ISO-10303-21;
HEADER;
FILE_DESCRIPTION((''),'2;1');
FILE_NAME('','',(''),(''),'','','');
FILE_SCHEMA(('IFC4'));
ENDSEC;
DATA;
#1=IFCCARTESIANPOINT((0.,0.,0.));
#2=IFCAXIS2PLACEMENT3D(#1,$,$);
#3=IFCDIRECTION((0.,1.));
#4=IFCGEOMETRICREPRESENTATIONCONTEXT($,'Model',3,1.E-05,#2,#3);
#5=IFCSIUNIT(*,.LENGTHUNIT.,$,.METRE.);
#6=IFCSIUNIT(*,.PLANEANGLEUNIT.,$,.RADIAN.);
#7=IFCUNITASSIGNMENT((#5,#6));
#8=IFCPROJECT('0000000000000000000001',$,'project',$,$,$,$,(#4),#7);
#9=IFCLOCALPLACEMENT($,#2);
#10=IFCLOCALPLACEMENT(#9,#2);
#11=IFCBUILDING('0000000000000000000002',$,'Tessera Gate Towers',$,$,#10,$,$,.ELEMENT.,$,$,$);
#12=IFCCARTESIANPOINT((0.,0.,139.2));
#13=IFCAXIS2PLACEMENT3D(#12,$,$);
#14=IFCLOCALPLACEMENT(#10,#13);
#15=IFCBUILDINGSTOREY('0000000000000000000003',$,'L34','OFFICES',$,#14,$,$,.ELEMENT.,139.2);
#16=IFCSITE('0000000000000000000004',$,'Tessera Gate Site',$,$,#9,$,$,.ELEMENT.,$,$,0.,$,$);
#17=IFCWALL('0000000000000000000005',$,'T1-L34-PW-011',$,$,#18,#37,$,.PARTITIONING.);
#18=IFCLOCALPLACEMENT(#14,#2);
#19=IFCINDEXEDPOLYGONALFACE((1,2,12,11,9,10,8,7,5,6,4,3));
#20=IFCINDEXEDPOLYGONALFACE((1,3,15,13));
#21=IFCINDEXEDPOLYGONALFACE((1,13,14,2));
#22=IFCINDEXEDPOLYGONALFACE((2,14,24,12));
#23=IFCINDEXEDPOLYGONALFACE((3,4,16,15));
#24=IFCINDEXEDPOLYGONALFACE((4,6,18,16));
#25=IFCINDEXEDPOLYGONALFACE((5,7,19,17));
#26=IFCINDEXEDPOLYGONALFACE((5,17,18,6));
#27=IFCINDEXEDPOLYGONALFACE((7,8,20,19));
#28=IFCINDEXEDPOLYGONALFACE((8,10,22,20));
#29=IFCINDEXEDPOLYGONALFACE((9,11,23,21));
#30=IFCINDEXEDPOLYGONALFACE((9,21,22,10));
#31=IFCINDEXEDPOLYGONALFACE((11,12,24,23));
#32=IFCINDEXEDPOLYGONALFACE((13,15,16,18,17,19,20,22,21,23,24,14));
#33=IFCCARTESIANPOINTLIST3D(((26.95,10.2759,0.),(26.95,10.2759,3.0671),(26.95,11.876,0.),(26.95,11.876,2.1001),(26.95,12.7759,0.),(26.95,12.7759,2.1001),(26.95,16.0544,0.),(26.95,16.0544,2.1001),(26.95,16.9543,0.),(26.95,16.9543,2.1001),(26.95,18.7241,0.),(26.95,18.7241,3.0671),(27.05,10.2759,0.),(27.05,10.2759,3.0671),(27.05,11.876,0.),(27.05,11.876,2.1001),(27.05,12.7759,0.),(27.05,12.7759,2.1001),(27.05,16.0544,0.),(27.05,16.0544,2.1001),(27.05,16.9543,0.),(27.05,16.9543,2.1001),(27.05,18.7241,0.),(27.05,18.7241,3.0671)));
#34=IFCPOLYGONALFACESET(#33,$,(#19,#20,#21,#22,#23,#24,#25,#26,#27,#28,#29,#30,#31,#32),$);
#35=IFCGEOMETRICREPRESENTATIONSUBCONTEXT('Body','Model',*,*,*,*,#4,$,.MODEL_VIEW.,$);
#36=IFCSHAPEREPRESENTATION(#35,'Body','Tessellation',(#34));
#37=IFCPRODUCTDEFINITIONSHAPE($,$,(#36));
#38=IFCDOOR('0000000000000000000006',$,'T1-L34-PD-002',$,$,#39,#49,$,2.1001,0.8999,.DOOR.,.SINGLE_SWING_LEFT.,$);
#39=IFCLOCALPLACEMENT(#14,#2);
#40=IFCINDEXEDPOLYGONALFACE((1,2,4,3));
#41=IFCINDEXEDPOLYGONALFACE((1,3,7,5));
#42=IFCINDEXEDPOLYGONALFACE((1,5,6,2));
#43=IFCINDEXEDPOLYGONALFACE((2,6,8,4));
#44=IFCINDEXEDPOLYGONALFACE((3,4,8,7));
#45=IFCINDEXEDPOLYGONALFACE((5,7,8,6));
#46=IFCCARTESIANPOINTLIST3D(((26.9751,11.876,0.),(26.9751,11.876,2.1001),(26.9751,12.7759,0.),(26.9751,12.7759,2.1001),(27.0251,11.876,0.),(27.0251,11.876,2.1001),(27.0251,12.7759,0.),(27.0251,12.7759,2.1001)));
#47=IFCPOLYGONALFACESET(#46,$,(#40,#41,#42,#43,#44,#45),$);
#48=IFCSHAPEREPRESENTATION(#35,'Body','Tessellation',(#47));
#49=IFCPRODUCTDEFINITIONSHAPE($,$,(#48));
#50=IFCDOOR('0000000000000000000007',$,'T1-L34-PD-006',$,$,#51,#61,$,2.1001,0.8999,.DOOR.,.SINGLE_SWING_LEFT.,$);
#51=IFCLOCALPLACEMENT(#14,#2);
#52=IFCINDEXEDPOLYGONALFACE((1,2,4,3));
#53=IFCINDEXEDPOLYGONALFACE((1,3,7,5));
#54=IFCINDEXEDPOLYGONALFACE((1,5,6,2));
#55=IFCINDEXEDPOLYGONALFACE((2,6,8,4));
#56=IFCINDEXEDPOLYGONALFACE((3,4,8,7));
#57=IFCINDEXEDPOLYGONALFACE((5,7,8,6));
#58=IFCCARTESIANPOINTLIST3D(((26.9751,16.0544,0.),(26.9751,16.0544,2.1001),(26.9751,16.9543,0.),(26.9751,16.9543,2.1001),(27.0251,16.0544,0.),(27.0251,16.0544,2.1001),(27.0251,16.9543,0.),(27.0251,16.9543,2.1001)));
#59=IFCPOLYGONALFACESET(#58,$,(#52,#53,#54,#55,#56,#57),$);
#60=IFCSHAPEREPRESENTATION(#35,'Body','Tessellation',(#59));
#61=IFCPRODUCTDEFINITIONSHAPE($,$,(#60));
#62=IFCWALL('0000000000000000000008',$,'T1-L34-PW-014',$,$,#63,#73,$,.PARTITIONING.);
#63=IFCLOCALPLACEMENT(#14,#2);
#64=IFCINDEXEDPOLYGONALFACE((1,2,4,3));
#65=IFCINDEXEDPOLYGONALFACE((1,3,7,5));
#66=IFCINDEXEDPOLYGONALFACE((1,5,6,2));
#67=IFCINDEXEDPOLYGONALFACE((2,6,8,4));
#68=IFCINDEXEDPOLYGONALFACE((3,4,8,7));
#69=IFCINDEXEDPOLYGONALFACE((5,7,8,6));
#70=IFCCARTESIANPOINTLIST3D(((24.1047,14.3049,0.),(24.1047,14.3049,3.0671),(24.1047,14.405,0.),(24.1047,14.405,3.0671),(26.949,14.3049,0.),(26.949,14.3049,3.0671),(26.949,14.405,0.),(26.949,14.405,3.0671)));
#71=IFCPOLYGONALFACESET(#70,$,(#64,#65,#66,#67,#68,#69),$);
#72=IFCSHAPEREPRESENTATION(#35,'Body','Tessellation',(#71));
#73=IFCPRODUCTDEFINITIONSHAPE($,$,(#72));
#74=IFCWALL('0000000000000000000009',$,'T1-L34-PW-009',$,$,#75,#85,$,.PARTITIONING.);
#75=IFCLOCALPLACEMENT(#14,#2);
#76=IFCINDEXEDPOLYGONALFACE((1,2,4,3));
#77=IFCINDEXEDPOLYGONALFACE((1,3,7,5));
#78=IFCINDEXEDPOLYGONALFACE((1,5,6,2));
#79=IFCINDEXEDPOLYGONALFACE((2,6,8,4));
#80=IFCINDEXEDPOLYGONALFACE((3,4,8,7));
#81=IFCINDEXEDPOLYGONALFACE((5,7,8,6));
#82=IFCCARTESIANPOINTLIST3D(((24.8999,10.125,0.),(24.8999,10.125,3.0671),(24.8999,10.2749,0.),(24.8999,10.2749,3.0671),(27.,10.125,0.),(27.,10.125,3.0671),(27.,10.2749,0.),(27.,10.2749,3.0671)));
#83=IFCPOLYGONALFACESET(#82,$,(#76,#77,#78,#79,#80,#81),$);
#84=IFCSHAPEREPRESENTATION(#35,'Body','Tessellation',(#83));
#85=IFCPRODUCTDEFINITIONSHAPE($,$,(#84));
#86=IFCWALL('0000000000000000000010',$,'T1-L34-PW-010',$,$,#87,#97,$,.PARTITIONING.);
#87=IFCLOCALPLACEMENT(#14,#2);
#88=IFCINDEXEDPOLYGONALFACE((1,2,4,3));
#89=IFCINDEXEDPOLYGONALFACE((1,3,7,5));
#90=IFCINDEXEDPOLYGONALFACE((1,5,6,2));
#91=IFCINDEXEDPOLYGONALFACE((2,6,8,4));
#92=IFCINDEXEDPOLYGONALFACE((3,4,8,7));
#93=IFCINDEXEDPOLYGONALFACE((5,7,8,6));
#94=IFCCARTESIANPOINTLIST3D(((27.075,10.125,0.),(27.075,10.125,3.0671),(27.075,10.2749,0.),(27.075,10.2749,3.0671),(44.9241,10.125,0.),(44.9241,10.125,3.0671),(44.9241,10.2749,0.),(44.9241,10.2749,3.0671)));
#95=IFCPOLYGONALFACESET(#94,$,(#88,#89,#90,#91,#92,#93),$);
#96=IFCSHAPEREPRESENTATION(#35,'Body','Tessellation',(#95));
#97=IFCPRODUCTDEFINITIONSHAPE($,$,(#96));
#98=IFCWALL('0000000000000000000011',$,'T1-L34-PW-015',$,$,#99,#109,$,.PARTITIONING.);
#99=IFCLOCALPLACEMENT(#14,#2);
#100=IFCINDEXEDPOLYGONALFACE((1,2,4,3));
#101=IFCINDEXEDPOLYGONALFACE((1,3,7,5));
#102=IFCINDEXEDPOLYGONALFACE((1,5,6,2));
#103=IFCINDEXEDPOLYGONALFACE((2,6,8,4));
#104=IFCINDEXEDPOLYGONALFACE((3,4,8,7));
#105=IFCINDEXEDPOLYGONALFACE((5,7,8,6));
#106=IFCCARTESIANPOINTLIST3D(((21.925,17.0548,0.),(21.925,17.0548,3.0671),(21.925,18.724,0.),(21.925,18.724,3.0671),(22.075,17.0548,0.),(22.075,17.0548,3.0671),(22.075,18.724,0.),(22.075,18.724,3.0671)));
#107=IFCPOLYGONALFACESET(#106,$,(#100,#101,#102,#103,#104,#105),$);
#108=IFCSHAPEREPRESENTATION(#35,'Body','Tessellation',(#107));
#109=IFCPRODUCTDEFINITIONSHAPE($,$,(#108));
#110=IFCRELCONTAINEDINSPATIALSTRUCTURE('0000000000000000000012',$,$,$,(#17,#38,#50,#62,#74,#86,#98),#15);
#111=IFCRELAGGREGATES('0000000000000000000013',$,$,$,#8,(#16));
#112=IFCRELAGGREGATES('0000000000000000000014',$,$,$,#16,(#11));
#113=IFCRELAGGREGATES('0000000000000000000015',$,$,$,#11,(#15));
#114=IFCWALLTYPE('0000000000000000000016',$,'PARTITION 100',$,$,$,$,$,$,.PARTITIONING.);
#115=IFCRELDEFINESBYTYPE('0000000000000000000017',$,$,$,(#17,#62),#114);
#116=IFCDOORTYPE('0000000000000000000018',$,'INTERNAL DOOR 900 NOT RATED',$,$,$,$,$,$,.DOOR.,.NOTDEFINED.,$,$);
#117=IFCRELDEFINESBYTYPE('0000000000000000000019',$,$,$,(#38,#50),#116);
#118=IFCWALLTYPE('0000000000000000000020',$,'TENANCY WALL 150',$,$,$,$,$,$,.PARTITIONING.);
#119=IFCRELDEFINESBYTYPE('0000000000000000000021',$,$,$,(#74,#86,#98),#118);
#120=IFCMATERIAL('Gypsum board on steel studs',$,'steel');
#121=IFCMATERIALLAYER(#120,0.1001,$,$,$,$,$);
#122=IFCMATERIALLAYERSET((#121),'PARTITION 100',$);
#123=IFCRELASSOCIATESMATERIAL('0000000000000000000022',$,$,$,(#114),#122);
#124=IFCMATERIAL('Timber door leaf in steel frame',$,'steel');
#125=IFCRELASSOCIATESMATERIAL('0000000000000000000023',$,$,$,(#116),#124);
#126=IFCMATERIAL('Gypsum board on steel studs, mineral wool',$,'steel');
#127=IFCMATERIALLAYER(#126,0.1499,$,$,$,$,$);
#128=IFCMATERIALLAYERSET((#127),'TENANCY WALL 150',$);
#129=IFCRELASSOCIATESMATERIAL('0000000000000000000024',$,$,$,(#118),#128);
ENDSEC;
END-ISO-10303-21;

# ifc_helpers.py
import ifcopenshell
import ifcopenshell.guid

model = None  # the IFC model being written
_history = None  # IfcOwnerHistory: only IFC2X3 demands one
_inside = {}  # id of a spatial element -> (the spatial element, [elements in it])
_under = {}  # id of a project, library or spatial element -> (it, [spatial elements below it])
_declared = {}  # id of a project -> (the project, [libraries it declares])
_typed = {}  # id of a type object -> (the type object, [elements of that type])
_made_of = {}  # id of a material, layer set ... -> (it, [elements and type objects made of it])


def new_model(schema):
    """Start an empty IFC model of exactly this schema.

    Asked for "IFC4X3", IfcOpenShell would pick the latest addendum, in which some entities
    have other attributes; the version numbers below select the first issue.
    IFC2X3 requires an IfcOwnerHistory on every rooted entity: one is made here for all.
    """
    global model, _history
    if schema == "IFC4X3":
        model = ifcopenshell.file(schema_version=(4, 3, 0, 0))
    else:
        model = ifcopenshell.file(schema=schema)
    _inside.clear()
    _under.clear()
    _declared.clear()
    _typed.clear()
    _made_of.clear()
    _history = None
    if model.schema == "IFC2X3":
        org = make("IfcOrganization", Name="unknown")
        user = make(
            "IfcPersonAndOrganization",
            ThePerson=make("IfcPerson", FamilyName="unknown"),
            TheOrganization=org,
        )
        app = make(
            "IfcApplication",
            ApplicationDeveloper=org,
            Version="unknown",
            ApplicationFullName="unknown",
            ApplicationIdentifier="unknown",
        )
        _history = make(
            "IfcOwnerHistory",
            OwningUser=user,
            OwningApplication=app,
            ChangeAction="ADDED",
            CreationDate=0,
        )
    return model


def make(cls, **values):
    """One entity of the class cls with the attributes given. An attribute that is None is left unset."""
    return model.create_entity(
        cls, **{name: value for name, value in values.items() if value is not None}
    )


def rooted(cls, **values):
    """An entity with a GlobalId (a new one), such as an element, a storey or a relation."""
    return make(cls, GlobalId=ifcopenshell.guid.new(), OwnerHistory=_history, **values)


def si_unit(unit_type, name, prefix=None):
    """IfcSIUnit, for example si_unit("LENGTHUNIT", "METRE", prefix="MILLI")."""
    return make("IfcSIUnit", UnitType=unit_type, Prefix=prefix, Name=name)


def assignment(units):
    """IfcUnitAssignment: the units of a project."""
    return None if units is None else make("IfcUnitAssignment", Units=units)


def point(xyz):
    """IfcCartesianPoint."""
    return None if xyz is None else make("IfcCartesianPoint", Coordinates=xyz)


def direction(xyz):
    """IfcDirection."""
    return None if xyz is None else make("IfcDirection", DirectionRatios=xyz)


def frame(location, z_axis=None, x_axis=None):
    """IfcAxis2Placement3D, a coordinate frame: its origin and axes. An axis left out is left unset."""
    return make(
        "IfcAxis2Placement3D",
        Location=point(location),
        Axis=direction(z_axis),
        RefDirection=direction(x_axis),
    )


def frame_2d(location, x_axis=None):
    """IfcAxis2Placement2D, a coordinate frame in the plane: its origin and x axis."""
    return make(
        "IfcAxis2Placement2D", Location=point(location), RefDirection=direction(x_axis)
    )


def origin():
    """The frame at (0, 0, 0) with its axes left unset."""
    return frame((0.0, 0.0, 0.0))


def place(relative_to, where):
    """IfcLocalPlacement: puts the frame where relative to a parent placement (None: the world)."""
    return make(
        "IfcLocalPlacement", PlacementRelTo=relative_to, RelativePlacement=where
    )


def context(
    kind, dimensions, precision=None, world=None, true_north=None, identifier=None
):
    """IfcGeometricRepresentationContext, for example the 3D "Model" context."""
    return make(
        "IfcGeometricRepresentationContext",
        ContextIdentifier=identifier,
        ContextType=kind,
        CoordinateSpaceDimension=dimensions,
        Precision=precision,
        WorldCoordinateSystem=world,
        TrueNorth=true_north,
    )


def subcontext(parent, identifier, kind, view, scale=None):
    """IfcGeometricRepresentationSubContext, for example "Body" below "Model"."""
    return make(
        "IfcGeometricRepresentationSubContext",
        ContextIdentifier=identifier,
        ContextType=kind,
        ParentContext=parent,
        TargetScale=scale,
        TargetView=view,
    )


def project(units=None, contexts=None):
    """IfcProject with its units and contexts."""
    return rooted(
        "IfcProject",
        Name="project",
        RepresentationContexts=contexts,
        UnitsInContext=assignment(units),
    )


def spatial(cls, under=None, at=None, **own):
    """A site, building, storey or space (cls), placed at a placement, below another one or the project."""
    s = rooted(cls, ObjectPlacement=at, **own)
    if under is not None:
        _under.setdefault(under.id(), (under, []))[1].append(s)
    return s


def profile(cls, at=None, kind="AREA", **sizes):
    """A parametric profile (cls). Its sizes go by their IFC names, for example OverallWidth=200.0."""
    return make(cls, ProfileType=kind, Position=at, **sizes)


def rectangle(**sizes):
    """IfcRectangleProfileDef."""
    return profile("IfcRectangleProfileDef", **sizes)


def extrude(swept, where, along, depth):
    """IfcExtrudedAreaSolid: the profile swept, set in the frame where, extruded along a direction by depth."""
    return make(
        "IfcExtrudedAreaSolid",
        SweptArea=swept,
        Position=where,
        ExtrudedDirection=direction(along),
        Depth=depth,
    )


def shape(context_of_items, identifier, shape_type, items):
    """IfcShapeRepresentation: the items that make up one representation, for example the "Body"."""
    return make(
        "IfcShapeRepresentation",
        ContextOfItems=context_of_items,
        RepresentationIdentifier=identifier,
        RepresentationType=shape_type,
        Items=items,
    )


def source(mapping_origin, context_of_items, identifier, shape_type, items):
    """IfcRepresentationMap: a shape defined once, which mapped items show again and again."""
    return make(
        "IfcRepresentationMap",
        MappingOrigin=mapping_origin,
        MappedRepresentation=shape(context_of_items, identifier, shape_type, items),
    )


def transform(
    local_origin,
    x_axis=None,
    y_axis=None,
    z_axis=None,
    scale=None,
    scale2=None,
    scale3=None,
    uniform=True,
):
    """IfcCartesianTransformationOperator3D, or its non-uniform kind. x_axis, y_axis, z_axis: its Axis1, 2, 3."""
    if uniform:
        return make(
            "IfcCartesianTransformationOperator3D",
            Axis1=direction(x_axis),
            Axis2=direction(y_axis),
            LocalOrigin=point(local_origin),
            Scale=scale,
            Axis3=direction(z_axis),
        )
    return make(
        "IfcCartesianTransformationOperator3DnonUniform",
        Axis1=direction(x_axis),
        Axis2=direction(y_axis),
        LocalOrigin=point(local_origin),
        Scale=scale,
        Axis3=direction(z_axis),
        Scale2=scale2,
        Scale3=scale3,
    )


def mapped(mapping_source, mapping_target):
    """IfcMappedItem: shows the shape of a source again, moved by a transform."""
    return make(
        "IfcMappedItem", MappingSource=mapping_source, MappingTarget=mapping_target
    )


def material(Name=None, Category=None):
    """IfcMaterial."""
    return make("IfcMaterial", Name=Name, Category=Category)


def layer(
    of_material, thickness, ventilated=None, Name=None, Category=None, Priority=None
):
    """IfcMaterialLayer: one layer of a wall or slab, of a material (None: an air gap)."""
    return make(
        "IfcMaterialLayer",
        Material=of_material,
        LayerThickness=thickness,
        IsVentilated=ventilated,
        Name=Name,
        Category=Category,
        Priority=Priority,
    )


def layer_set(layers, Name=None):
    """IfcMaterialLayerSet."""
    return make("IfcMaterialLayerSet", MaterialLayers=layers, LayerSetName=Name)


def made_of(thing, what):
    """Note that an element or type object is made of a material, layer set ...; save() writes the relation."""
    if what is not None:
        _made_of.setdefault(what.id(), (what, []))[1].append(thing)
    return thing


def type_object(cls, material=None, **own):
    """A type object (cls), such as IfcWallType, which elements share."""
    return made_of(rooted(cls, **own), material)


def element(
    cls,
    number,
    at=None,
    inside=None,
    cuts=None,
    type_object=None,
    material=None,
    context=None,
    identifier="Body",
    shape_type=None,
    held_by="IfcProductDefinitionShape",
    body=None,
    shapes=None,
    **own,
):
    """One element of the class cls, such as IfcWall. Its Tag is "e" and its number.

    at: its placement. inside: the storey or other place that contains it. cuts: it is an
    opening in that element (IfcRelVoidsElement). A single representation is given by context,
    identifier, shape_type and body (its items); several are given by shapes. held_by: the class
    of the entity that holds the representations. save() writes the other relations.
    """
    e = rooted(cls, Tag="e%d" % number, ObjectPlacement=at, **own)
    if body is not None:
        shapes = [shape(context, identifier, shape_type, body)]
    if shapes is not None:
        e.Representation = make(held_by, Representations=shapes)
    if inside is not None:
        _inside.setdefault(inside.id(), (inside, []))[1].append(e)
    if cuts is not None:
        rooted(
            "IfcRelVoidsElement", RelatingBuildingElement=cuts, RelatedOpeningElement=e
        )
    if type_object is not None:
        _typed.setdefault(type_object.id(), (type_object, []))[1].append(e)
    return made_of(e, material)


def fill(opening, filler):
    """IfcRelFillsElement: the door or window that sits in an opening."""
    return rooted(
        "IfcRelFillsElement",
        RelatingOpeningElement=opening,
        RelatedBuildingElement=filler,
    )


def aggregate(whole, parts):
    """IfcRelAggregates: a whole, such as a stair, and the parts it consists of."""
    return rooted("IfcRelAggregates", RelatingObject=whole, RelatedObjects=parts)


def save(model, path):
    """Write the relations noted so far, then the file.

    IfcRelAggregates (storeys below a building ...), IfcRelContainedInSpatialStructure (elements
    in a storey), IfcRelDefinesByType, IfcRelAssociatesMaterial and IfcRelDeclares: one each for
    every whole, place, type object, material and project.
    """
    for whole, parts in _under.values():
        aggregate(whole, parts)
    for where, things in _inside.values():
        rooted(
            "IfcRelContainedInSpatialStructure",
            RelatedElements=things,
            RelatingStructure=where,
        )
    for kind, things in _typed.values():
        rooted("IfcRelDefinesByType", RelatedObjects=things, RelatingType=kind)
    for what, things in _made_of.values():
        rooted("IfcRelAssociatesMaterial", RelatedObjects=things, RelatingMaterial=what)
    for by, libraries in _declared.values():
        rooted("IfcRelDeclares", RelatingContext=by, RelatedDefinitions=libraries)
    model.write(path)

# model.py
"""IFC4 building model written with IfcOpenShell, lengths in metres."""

from ifc_helpers import new_model, si_unit, direction, frame, frame_2d, origin, place, context, subcontext, project, spatial, rectangle, extrude, source, transform, mapped, material, layer, layer_set, type_object, element, fill, save


model = new_model("IFC4")

# Units and contexts
model_context = context("Model", 3, precision=1e-05, world=origin(), true_north=direction((0.0, 1.0)))
body_context = subcontext(model_context, "Body", "Model", "MODEL_VIEW")
ifc_project = project(units=[si_unit("LENGTHUNIT", "METRE"), si_unit("PLANEANGLEUNIT", "RADIAN")], contexts=[model_context])

# Site, building, storey
site_placement = place(None, origin())
site = spatial("IfcSite", under=ifc_project, at=site_placement, Name="Tessera Gate Site", CompositionType="ELEMENT", RefElevation=0.0)
building_placement = place(site_placement, origin())
building = spatial("IfcBuilding", under=site, at=building_placement, Name="Tessera Gate Towers", CompositionType="ELEMENT")
storey_placement = place(building_placement, frame((0.0, 0.0, 139.2)))
storey = spatial("IfcBuildingStorey", under=building, at=storey_placement, Name="L34", Description="OFFICES", CompositionType="ELEMENT", Elevation=139.2)

# Shared definitions
ifc_material_1 = material(Name="Gypsum board on steel studs", Category="steel")
ifc_layer_1 = layer(ifc_material_1, 0.1001)
ifc_layer_set_1 = layer_set([ifc_layer_1], Name="PARTITION 100")
wall_type_1 = type_object("IfcWallType", Name="PARTITION 100", PredefinedType="PARTITIONING", material=ifc_layer_set_1)

# Shared definitions
shared_shape_1 = source(origin(), body_context, "Body", "SweptSolid", [
    extrude(rectangle(XDim=0.8999, YDim=2.1001, at=frame_2d((0.45, 1.05))), frame((0.0, 0.0601, 0.0), z_axis=(0.0, -1.0, 0.0), x_axis=(1.0, 0.0, 0.0)), (0.0, 0.0, 1.0), 0.1201),
])
ifc_material_2 = material(Name="Timber door leaf in steel frame", Category="steel")
door_type = type_object("IfcDoorType", Name="INTERNAL DOOR 900 NOT RATED", OperationType="NOTDEFINED", PredefinedType="DOOR", material=ifc_material_2)
shared_shape_2 = source(origin(), body_context, "Body", "SweptSolid", [
    extrude(rectangle(XDim=0.8999, YDim=2.1001, at=frame_2d((0.45, 1.05))), frame((0.0, 0.0249, 0.0), z_axis=(0.0, -1.0, 0.0), x_axis=(1.0, 0.0, 0.0)), (0.0, 0.0, 1.0), 0.05),
])

# Wall, openings, doors
wall_1_placement = place(storey_placement, frame((27.0, 10.2759, 0.0), z_axis=(0.0, 0.0, 1.0), x_axis=(0.0, 1.0, 0.0)))
wall_1 = element("IfcWall", 1, at=wall_1_placement, inside=storey, type_object=wall_type_1, Name="T1-L34-PW-011", PredefinedType="PARTITIONING", context=body_context, shape_type="SweptSolid", body=[
    extrude(rectangle(XDim=8.4482, YDim=0.1001, at=frame_2d((4.2241, 0.0))), origin(), (0.0, 0.0, 1.0), 3.0671),
])
opening_1_placement = place(wall_1_placement, frame((1.6001, 0.0, 0.0)))
opening_1 = element("IfcOpeningElement", 2, at=opening_1_placement, cuts=wall_1, PredefinedType="OPENING", context=body_context, shape_type="MappedRepresentation", body=[
    mapped(shared_shape_1, transform((0.0, 0.0, 0.0), scale=1.0)),
])
opening_2_placement = place(wall_1_placement, frame((5.7786, 0.0, 0.0)))
opening_2 = element("IfcOpeningElement", 3, at=opening_2_placement, cuts=wall_1, PredefinedType="OPENING", context=body_context, shape_type="MappedRepresentation", body=[
    mapped(shared_shape_1, transform((0.0, 0.0, 0.0), scale=1.0)),
])
door_1_placement = place(opening_1_placement, origin())
door_1 = element("IfcDoor", 4, at=door_1_placement, inside=storey, type_object=door_type, Name="T1-L34-PD-002", OperationType="SINGLE_SWING_LEFT", OverallHeight=2.1001, OverallWidth=0.8999, PredefinedType="DOOR", context=body_context, shape_type="MappedRepresentation", body=[
    mapped(shared_shape_2, transform((0.0, 0.0, 0.0), scale=1.0)),
])
fill(opening_1, door_1)
door_2_placement = place(opening_2_placement, origin())
door_2 = element("IfcDoor", 5, at=door_2_placement, inside=storey, type_object=door_type, Name="T1-L34-PD-006", OperationType="SINGLE_SWING_LEFT", OverallHeight=2.1001, OverallWidth=0.8999, PredefinedType="DOOR", context=body_context, shape_type="MappedRepresentation", body=[
    mapped(shared_shape_2, transform((0.0, 0.0, 0.0), scale=1.0)),
])
fill(opening_2, door_2)

# Walls
wall_2_placement = place(storey_placement, frame((24.1047, 14.355, 0.0), z_axis=(0.0, 0.0, 1.0), x_axis=(1.0, 0.0, 0.0)))
element("IfcWall", 6, at=wall_2_placement, inside=storey, type_object=wall_type_1, Name="T1-L34-PW-014", PredefinedType="PARTITIONING", context=body_context, shape_type="SweptSolid", body=[
    extrude(rectangle(XDim=2.8442, YDim=0.1001, at=frame_2d((1.4221, 0.0))), origin(), (0.0, 0.0, 1.0), 3.0671),
])
ifc_material_3 = material(Name="Gypsum board on steel studs, mineral wool", Category="steel")
ifc_layer_2 = layer(ifc_material_3, 0.1499)
ifc_layer_set_2 = layer_set([ifc_layer_2], Name="TENANCY WALL 150")
wall_type_2 = type_object("IfcWallType", Name="TENANCY WALL 150", PredefinedType="PARTITIONING", material=ifc_layer_set_2)
wall_3_placement = place(storey_placement, frame((24.8999, 10.2, 0.0), z_axis=(0.0, 0.0, 1.0), x_axis=(1.0, 0.0, 0.0)))
element("IfcWall", 7, at=wall_3_placement, inside=storey, type_object=wall_type_2, Name="T1-L34-PW-009", PredefinedType="PARTITIONING", context=body_context, shape_type="SweptSolid", body=[
    extrude(rectangle(XDim=2.1001, YDim=0.1499, at=frame_2d((1.05, 0.0))), origin(), (0.0, 0.0, 1.0), 3.0671),
])
wall_4_placement = place(storey_placement, frame((27.075, 10.2, 0.0), z_axis=(0.0, 0.0, 1.0), x_axis=(1.0, 0.0, 0.0)))
element("IfcWall", 8, at=wall_4_placement, inside=storey, type_object=wall_type_2, Name="T1-L34-PW-010", PredefinedType="PARTITIONING", context=body_context, shape_type="SweptSolid", body=[
    extrude(rectangle(XDim=17.8491, YDim=0.1499, at=frame_2d((8.9246, 0.0))), origin(), (0.0, 0.0, 1.0), 3.0671),
])
wall_5_placement = place(storey_placement, frame((22.0, 17.0549, 0.0), z_axis=(0.0, 0.0, 1.0), x_axis=(0.0, 1.0, 0.0)))
element("IfcWall", 9, at=wall_5_placement, inside=storey, type_object=wall_type_2, Name="T1-L34-PW-015", PredefinedType="PARTITIONING", context=body_context, shape_type="SweptSolid", body=[
    extrude(rectangle(XDim=1.6692, YDim=0.1499, at=frame_2d((0.8345, 0.0))), origin(), (0.0, 0.0, 1.0), 3.0671),
])

save(model, "model.ifc")
